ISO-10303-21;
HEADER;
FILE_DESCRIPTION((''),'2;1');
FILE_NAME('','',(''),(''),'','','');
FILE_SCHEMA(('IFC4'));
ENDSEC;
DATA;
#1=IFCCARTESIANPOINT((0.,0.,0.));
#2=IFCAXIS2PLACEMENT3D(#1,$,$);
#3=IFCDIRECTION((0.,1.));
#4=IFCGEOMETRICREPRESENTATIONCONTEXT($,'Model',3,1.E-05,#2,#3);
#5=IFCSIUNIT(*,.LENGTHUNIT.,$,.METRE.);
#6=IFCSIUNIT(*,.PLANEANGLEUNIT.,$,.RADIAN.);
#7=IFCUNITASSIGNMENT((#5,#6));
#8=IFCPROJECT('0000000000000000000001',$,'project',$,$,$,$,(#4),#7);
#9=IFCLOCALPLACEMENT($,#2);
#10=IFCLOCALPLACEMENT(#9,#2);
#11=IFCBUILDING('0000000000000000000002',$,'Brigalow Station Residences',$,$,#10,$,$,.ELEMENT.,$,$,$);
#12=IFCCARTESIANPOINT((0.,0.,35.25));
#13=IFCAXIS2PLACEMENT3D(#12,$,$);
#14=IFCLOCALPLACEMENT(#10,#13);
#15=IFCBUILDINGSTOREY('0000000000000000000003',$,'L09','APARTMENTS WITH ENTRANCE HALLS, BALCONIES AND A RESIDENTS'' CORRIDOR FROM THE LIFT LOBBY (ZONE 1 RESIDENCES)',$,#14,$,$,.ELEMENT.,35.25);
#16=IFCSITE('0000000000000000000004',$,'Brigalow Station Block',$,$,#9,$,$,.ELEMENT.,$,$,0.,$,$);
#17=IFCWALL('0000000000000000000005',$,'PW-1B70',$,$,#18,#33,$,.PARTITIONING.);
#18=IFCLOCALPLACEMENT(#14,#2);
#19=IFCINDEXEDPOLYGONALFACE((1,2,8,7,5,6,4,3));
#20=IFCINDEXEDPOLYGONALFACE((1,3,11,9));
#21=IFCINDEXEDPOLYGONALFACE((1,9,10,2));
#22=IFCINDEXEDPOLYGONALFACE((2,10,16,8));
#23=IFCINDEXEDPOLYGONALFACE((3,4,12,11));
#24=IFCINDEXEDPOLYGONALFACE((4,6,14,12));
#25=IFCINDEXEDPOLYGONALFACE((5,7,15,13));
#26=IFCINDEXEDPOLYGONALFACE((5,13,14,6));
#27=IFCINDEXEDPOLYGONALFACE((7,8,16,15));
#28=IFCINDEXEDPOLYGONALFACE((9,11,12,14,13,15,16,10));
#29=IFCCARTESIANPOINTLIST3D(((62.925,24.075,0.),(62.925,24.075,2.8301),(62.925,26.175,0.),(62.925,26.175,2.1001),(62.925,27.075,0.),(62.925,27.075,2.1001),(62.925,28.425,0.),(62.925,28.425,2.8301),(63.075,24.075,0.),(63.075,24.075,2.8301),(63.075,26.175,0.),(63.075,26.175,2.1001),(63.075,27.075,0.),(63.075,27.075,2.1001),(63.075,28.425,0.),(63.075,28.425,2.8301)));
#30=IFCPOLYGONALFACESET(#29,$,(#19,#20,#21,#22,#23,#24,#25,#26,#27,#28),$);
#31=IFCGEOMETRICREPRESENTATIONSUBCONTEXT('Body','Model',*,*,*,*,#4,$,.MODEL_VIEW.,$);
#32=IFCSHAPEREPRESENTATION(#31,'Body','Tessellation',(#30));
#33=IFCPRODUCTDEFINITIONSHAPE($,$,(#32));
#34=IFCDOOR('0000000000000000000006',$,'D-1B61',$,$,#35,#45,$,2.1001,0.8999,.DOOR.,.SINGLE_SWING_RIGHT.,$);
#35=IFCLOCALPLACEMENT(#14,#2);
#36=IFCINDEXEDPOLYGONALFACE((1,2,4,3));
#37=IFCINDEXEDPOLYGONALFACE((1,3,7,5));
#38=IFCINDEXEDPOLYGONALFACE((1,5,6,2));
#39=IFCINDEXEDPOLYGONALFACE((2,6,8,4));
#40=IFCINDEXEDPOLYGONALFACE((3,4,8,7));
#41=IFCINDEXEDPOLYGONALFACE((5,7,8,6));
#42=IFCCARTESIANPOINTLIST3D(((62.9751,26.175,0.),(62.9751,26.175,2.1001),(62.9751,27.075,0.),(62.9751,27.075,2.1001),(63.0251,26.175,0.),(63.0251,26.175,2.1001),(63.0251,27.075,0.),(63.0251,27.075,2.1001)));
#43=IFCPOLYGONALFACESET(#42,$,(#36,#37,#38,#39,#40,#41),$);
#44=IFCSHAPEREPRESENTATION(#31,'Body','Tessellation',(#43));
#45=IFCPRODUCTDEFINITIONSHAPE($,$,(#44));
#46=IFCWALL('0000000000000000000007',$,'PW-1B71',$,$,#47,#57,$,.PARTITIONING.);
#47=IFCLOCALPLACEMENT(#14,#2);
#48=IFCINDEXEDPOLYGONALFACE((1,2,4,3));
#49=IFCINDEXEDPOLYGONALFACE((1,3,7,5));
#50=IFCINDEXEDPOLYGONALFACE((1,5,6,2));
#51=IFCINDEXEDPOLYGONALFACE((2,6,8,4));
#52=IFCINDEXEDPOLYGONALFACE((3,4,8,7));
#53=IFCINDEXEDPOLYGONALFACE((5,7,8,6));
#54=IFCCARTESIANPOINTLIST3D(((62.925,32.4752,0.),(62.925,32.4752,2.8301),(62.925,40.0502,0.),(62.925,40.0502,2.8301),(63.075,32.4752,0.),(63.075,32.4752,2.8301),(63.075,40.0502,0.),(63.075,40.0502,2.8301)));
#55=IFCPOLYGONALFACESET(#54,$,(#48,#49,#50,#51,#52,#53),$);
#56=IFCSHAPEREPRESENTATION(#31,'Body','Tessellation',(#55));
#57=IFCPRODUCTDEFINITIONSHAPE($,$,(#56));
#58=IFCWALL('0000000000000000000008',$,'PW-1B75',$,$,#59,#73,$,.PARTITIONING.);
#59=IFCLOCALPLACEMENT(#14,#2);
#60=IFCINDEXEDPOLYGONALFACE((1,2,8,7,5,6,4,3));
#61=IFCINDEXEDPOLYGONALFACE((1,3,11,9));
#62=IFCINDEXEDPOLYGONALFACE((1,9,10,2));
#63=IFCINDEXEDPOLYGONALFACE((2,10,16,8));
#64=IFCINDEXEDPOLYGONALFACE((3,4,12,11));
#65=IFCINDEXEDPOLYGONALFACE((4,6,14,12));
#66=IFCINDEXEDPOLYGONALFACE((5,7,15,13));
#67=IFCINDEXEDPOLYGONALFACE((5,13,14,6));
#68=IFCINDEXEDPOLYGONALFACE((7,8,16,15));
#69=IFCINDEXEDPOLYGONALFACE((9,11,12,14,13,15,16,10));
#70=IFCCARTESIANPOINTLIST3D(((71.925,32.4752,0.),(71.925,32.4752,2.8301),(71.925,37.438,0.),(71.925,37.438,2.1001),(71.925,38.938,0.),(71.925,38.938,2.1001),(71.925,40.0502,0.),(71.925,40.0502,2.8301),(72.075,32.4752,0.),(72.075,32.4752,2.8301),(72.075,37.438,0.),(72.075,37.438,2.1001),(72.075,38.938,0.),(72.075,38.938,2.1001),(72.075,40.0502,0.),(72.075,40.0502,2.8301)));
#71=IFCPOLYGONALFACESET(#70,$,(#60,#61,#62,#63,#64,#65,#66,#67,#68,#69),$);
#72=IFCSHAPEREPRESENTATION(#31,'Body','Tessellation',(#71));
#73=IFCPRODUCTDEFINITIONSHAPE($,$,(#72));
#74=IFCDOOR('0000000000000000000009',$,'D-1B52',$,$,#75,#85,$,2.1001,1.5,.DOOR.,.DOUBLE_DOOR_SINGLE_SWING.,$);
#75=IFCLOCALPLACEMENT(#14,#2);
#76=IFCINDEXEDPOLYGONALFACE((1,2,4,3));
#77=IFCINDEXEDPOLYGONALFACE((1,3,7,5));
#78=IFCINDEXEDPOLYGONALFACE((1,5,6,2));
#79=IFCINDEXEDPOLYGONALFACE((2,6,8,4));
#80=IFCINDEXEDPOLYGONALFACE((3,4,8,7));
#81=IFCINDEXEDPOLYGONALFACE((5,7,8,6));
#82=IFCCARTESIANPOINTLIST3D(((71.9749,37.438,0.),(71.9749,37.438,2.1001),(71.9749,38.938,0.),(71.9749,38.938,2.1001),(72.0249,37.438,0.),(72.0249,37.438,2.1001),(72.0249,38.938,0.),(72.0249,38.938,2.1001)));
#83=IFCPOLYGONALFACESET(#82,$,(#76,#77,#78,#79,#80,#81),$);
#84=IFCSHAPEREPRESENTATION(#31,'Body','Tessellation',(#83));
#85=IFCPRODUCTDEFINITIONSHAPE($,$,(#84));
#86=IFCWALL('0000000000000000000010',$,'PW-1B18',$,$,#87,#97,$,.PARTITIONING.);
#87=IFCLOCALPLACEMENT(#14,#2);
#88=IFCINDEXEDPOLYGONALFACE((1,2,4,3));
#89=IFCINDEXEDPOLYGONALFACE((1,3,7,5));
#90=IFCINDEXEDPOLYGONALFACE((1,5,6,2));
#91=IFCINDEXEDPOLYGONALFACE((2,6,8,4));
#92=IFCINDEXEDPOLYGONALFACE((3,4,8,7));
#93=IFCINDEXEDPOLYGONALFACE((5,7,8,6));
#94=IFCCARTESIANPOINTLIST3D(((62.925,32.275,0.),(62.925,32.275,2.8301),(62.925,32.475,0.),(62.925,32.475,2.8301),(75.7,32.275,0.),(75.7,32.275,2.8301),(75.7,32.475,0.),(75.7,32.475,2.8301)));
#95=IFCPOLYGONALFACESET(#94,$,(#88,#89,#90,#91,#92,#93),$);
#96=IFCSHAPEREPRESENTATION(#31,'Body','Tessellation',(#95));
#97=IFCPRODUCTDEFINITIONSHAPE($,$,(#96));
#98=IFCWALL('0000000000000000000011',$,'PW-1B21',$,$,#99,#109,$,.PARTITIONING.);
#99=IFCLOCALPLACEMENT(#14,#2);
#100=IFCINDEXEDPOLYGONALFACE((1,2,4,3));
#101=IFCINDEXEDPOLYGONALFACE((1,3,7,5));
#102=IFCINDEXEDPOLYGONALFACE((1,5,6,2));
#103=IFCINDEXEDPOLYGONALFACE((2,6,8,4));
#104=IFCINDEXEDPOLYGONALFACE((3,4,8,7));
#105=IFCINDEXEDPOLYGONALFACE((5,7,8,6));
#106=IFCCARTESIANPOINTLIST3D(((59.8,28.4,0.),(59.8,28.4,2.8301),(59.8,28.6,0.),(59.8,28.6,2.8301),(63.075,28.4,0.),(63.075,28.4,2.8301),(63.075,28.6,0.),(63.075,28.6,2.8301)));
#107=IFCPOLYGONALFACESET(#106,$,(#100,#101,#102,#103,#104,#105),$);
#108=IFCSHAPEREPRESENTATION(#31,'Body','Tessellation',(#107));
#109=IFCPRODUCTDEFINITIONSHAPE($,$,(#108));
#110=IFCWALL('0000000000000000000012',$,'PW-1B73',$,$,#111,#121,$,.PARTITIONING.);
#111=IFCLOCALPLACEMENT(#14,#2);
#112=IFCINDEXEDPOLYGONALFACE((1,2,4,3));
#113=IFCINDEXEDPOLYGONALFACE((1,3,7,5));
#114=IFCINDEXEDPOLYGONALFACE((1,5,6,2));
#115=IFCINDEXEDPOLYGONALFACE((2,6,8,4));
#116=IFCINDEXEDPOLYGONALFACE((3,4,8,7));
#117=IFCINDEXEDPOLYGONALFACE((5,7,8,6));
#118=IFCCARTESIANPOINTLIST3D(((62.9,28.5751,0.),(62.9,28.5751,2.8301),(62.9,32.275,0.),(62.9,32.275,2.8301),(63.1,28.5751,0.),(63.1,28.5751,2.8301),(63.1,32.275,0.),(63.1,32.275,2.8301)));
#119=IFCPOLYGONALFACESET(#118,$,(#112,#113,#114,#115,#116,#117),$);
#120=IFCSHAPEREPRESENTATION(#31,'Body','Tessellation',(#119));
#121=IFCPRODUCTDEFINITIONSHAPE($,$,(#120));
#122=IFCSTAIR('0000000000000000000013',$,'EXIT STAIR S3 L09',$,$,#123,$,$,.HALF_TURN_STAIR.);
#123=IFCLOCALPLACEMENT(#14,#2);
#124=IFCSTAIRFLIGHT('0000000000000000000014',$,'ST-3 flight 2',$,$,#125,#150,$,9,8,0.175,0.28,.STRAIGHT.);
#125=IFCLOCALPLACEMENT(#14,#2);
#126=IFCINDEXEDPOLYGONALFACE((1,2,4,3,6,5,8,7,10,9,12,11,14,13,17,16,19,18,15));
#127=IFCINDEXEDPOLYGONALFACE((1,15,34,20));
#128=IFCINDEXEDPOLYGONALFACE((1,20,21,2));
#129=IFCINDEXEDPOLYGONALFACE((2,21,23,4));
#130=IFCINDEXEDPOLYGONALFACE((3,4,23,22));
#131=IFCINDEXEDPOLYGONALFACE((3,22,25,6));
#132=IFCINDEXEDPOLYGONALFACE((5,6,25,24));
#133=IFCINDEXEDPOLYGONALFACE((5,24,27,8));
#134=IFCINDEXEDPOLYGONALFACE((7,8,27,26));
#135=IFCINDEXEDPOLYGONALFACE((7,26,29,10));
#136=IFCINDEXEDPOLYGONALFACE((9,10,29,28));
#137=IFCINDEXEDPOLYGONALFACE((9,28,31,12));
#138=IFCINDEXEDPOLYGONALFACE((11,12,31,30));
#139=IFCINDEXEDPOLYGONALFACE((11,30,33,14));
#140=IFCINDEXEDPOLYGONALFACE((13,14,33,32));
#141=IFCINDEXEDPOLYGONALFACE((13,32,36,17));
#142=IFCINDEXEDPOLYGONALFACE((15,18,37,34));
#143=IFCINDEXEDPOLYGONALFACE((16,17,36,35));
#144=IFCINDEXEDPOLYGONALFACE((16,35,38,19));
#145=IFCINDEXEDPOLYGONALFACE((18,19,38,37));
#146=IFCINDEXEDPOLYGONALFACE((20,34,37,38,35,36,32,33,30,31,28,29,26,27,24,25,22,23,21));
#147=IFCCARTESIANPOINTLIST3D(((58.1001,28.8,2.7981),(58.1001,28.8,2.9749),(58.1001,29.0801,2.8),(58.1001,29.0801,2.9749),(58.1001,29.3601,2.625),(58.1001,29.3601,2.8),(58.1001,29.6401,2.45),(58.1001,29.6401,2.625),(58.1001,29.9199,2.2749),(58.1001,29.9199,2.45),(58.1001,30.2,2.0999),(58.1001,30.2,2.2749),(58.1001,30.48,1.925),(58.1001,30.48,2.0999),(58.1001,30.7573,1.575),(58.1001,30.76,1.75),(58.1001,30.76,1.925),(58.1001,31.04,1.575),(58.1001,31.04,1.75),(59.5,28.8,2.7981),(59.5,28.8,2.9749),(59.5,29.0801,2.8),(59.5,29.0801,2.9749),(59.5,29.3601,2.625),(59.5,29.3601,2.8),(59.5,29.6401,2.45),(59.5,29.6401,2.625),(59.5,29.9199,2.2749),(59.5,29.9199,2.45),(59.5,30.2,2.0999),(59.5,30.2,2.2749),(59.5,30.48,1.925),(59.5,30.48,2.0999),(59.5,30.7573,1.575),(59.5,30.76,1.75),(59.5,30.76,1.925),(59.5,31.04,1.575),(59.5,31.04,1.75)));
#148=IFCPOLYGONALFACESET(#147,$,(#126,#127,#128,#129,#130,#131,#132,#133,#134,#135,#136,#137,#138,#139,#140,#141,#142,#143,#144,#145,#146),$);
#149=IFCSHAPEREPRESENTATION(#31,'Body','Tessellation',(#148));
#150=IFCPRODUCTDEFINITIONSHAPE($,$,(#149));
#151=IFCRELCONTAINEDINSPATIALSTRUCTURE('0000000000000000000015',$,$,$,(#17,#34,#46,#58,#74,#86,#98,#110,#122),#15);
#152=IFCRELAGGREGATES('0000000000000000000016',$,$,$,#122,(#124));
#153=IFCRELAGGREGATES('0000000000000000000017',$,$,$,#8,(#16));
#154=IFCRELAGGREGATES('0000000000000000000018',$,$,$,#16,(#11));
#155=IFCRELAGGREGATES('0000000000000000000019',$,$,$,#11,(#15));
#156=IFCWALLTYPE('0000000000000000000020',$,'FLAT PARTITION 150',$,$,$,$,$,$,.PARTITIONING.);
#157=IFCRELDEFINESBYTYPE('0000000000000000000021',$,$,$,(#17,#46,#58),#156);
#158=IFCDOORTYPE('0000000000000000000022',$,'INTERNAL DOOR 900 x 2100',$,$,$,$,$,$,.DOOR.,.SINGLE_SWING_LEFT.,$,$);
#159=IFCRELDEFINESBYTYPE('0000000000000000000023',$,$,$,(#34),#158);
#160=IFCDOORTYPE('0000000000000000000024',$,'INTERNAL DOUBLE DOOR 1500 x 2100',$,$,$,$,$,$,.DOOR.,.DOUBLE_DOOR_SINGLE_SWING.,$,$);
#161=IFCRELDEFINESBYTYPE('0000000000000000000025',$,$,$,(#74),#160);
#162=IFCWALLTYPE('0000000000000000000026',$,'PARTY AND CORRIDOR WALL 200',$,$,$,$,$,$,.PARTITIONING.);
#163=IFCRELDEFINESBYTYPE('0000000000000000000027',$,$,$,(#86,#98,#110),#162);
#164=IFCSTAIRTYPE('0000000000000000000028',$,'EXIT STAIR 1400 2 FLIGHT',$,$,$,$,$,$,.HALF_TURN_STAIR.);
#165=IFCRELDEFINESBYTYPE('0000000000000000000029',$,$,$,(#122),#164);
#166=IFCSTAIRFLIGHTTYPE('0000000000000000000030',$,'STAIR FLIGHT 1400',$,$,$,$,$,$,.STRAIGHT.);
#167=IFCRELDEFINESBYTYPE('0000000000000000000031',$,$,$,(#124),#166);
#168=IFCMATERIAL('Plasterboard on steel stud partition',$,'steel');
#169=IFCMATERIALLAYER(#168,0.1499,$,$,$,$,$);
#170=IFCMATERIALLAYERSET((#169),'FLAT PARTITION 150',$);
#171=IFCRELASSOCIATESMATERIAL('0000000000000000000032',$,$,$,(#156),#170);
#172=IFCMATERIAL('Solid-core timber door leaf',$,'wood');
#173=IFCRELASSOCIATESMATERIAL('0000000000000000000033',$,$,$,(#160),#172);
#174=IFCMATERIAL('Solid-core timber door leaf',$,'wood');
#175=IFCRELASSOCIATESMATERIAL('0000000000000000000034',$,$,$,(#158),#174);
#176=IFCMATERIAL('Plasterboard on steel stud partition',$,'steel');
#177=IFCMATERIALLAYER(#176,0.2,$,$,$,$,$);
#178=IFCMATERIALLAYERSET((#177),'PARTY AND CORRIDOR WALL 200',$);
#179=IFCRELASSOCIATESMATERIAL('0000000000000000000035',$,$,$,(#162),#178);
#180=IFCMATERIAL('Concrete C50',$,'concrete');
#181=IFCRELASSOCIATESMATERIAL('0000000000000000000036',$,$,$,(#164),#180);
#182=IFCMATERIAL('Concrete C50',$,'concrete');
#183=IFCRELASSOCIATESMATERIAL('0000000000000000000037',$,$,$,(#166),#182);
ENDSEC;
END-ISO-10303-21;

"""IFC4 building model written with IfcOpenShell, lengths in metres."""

from ifc_helpers import new_model, si_unit, direction, frame, frame_2d, origin, place, context, subcontext, project, spatial, polyline, rectangle, outline, extrude, material, layer, layer_set, type_object, element, fill, aggregate, save


model = new_model("IFC4")

# Units and contexts
model_context = context("Model", 3, precision=1e-05, world=origin(), true_north=direction((0.0, 1.0)))
body_context = subcontext(model_context, "Body", "Model", "MODEL_VIEW")
ifc_project = project(units=[si_unit("LENGTHUNIT", "METRE"), si_unit("PLANEANGLEUNIT", "RADIAN")], contexts=[model_context])

# Site, building, storey
site_placement = place(None, origin())
site = spatial("IfcSite", under=ifc_project, at=site_placement, Name="Brigalow Station Block", CompositionType="ELEMENT", RefElevation=0.0)
building_placement = place(site_placement, origin())
building = spatial("IfcBuilding", under=site, at=building_placement, Name="Brigalow Station Residences", CompositionType="ELEMENT")
storey_placement = place(building_placement, frame((0.0, 0.0, 35.25)))
storey = spatial("IfcBuildingStorey", under=building, at=storey_placement, Name="L09", Description="APARTMENTS WITH ENTRANCE HALLS, BALCONIES AND A RESIDENTS' CORRIDOR FROM THE LIFT LOBBY (ZONE 1 RESIDENCES)", CompositionType="ELEMENT", Elevation=35.25)

# Wall, opening, door
ifc_material_1 = material(Name="Plasterboard on steel stud partition", Category="steel")
ifc_layer_1 = layer(ifc_material_1, 0.1499)
ifc_layer_set_1 = layer_set([ifc_layer_1], Name="FLAT PARTITION 150")
wall_type_1 = type_object("IfcWallType", Name="FLAT PARTITION 150", PredefinedType="PARTITIONING", material=ifc_layer_set_1)
ifc_material_2 = material(Name="Solid-core timber door leaf", Category="wood")
door_type_1 = type_object("IfcDoorType", Name="INTERNAL DOUBLE DOOR 1500 x 2100", OperationType="DOUBLE_DOOR_SINGLE_SWING", PredefinedType="DOOR", material=ifc_material_2)
ifc_material_3 = material(Name="Solid-core timber door leaf", Category="wood")
door_type_2 = type_object("IfcDoorType", Name="INTERNAL DOOR 900 x 2100", OperationType="SINGLE_SWING_LEFT", PredefinedType="DOOR", material=ifc_material_3)
wall_1_placement = place(storey_placement, frame((63.0, 24.075, 0.0), z_axis=(0.0, 0.0, 1.0), x_axis=(0.0, 1.0, 0.0)))
wall_1 = element("IfcWall", 1, at=wall_1_placement, inside=storey, type_object=wall_type_1, Name="PW-1B70", PredefinedType="PARTITIONING", context=body_context, shape_type="SweptSolid", body=[
    extrude(rectangle(XDim=4.3501, YDim=0.1499, at=frame_2d((2.175, 0.0))), origin(), (0.0, 0.0, 1.0), 2.8301),
])
opening_1_placement = place(wall_1_placement, frame((2.1001, 0.0, 0.0)))
opening_1 = element("IfcOpeningElement", 2, at=opening_1_placement, cuts=wall_1, PredefinedType="OPENING", context=body_context, shape_type="SweptSolid", body=[
    extrude(rectangle(XDim=0.8999, YDim=2.1001, at=frame_2d((0.45, 1.05))), frame((0.0, 0.085, 0.0), z_axis=(0.0, -1.0, 0.0), x_axis=(1.0, 0.0, 0.0)), (0.0, 0.0, 1.0), 0.1699),
])
door_1_placement = place(opening_1_placement, origin())
door_1 = element("IfcDoor", 3, at=door_1_placement, inside=storey, type_object=door_type_2, Name="D-1B61", OperationType="SINGLE_SWING_RIGHT", OverallHeight=2.1001, OverallWidth=0.8999, PredefinedType="DOOR", context=body_context, shape_type="SweptSolid", body=[
    extrude(rectangle(XDim=0.8999, YDim=2.1001, at=frame_2d((0.45, 1.05))), frame((0.0, 0.0249, 0.0), z_axis=(0.0, -1.0, 0.0), x_axis=(1.0, 0.0, 0.0)), (0.0, 0.0, 1.0), 0.05),
])
fill(opening_1, door_1)

# Wall
wall_2_placement = place(storey_placement, frame((63.0, 32.4751, 0.0), z_axis=(0.0, 0.0, 1.0), x_axis=(0.0, 1.0, 0.0)))
element("IfcWall", 4, at=wall_2_placement, inside=storey, type_object=wall_type_1, Name="PW-1B71", PredefinedType="PARTITIONING", context=body_context, shape_type="SweptSolid", body=[
    extrude(rectangle(XDim=7.575, YDim=0.1499, at=frame_2d((3.7876, 0.0))), origin(), (0.0, 0.0, 1.0), 2.8301),
])

# Wall, opening, door
wall_3_placement = place(storey_placement, frame((72.0, 32.4751, 0.0), z_axis=(0.0, 0.0, 1.0), x_axis=(0.0, 1.0, 0.0)))
wall_3 = element("IfcWall", 5, at=wall_3_placement, inside=storey, type_object=wall_type_1, Name="PW-1B75", PredefinedType="PARTITIONING", context=body_context, shape_type="SweptSolid", body=[
    extrude(rectangle(XDim=7.575, YDim=0.1499, at=frame_2d((3.7876, 0.0))), origin(), (0.0, 0.0, 1.0), 2.8301),
])
opening_2_placement = place(wall_3_placement, frame((4.9629, 0.0, 0.0)))
opening_2 = element("IfcOpeningElement", 6, at=opening_2_placement, cuts=wall_3, PredefinedType="OPENING", context=body_context, shape_type="SweptSolid", body=[
    extrude(rectangle(XDim=1.5, YDim=2.1001, at=frame_2d((0.75, 1.05))), frame((0.0, 0.085, 0.0), z_axis=(0.0, -1.0, 0.0), x_axis=(1.0, 0.0, 0.0)), (0.0, 0.0, 1.0), 0.1699),
])
door_2_placement = place(opening_2_placement, frame((1.5, 0.0, 0.0), z_axis=(0.0, 0.0, 1.0), x_axis=(-1.0, 0.0, 0.0)))
door_2 = element("IfcDoor", 7, at=door_2_placement, inside=storey, type_object=door_type_1, Name="D-1B52", OperationType="DOUBLE_DOOR_SINGLE_SWING", OverallHeight=2.1001, OverallWidth=1.5, PredefinedType="DOOR", context=body_context, shape_type="SweptSolid", body=[
    extrude(rectangle(XDim=1.5, YDim=2.1001, at=frame_2d((0.75, 1.05))), frame((0.0, 0.0249, 0.0), z_axis=(0.0, -1.0, 0.0), x_axis=(1.0, 0.0, 0.0)), (0.0, 0.0, 1.0), 0.05),
])
fill(opening_2, door_2)

# Walls
ifc_material_4 = material(Name="Plasterboard on steel stud partition", Category="steel")
ifc_layer_2 = layer(ifc_material_4, 0.2)
ifc_layer_set_2 = layer_set([ifc_layer_2], Name="PARTY AND CORRIDOR WALL 200")
wall_type_2 = type_object("IfcWallType", Name="PARTY AND CORRIDOR WALL 200", PredefinedType="PARTITIONING", material=ifc_layer_set_2)
wall_4_placement = place(storey_placement, frame((62.925, 32.375, 0.0), z_axis=(0.0, 0.0, 1.0), x_axis=(1.0, 0.0, 0.0)))
element("IfcWall", 8, at=wall_4_placement, inside=storey, type_object=wall_type_2, Name="PW-1B18", PredefinedType="PARTITIONING", context=body_context, shape_type="SweptSolid", body=[
    extrude(rectangle(XDim=12.7749, YDim=0.2, at=frame_2d((6.3875, 0.0))), origin(), (0.0, 0.0, 1.0), 2.8301),
])
wall_5_placement = place(storey_placement, frame((59.8, 28.5, 0.0), z_axis=(0.0, 0.0, 1.0), x_axis=(1.0, 0.0, 0.0)))
element("IfcWall", 9, at=wall_5_placement, inside=storey, type_object=wall_type_2, Name="PW-1B21", PredefinedType="PARTITIONING", context=body_context, shape_type="SweptSolid", body=[
    extrude(rectangle(XDim=3.2749, YDim=0.2, at=frame_2d((1.6375, 0.0))), origin(), (0.0, 0.0, 1.0), 2.8301),
])
wall_6_placement = place(storey_placement, frame((63.0, 28.575, 0.0), z_axis=(0.0, 0.0, 1.0), x_axis=(0.0, 1.0, 0.0)))
element("IfcWall", 10, at=wall_6_placement, inside=storey, type_object=wall_type_2, Name="PW-1B73", PredefinedType="PARTITIONING", context=body_context, shape_type="SweptSolid", body=[
    extrude(rectangle(XDim=3.7, YDim=0.2, at=frame_2d((1.8501, 0.0))), origin(), (0.0, 0.0, 1.0), 2.8301),
])

# Stair, stair flight
ifc_material_5 = material(Name="Concrete C50", Category="concrete")
stair_type = type_object("IfcStairType", Name="EXIT STAIR 1400 2 FLIGHT", PredefinedType="HALF_TURN_STAIR", material=ifc_material_5)
stair_placement = place(storey_placement, origin())
stair = element("IfcStair", 11, at=stair_placement, inside=storey, type_object=stair_type, Name="EXIT STAIR S3 L09", PredefinedType="HALF_TURN_STAIR")
ifc_material_6 = material(Name="Concrete C50", Category="concrete")
stair_flight_type = type_object("IfcStairFlightType", Name="STAIR FLIGHT 1400", PredefinedType="STRAIGHT", material=ifc_material_6)
stair_flight_placement = place(storey_placement, frame((58.8, 31.04, 1.575), z_axis=(0.0, 0.0, 1.0), x_axis=(0.0, -1.0, 0.0)))
stair_flight = element("IfcStairFlight", 12, at=stair_flight_placement, type_object=stair_flight_type, Name="ST-3 flight 2", NumberOfRisers=9, NumberOfTreads=8, PredefinedType="STRAIGHT", RiserHeight=0.175, TreadLength=0.28, context=body_context, shape_type="SweptSolid", body=[
    extrude(outline(polyline([(0.0, 0.0), (0.0, 0.175), (0.28, 0.175), (0.28, 0.3501), (0.5601, 0.3501), (0.5601, 0.5249), (0.8401, 0.5249), (0.8401, 0.7), (1.1201, 0.7), (1.1201, 0.875), (1.3999, 0.875), (1.3999, 1.05), (1.6799, 1.05), (1.6799, 1.2251), (1.96, 1.2251), (1.96, 1.3999), (2.24, 1.3999), (2.24, 1.575), (2.24, 1.2231), (0.2827, 0.0), (0.0, 0.0)])), frame((0.0, 0.7, 0.0), z_axis=(0.0, -1.0, 0.0), x_axis=(1.0, 0.0, 0.0)), (0.0, 0.0, 1.0), 1.3999),
])
aggregate(stair, [stair_flight])

save(model, "model.ifc")
